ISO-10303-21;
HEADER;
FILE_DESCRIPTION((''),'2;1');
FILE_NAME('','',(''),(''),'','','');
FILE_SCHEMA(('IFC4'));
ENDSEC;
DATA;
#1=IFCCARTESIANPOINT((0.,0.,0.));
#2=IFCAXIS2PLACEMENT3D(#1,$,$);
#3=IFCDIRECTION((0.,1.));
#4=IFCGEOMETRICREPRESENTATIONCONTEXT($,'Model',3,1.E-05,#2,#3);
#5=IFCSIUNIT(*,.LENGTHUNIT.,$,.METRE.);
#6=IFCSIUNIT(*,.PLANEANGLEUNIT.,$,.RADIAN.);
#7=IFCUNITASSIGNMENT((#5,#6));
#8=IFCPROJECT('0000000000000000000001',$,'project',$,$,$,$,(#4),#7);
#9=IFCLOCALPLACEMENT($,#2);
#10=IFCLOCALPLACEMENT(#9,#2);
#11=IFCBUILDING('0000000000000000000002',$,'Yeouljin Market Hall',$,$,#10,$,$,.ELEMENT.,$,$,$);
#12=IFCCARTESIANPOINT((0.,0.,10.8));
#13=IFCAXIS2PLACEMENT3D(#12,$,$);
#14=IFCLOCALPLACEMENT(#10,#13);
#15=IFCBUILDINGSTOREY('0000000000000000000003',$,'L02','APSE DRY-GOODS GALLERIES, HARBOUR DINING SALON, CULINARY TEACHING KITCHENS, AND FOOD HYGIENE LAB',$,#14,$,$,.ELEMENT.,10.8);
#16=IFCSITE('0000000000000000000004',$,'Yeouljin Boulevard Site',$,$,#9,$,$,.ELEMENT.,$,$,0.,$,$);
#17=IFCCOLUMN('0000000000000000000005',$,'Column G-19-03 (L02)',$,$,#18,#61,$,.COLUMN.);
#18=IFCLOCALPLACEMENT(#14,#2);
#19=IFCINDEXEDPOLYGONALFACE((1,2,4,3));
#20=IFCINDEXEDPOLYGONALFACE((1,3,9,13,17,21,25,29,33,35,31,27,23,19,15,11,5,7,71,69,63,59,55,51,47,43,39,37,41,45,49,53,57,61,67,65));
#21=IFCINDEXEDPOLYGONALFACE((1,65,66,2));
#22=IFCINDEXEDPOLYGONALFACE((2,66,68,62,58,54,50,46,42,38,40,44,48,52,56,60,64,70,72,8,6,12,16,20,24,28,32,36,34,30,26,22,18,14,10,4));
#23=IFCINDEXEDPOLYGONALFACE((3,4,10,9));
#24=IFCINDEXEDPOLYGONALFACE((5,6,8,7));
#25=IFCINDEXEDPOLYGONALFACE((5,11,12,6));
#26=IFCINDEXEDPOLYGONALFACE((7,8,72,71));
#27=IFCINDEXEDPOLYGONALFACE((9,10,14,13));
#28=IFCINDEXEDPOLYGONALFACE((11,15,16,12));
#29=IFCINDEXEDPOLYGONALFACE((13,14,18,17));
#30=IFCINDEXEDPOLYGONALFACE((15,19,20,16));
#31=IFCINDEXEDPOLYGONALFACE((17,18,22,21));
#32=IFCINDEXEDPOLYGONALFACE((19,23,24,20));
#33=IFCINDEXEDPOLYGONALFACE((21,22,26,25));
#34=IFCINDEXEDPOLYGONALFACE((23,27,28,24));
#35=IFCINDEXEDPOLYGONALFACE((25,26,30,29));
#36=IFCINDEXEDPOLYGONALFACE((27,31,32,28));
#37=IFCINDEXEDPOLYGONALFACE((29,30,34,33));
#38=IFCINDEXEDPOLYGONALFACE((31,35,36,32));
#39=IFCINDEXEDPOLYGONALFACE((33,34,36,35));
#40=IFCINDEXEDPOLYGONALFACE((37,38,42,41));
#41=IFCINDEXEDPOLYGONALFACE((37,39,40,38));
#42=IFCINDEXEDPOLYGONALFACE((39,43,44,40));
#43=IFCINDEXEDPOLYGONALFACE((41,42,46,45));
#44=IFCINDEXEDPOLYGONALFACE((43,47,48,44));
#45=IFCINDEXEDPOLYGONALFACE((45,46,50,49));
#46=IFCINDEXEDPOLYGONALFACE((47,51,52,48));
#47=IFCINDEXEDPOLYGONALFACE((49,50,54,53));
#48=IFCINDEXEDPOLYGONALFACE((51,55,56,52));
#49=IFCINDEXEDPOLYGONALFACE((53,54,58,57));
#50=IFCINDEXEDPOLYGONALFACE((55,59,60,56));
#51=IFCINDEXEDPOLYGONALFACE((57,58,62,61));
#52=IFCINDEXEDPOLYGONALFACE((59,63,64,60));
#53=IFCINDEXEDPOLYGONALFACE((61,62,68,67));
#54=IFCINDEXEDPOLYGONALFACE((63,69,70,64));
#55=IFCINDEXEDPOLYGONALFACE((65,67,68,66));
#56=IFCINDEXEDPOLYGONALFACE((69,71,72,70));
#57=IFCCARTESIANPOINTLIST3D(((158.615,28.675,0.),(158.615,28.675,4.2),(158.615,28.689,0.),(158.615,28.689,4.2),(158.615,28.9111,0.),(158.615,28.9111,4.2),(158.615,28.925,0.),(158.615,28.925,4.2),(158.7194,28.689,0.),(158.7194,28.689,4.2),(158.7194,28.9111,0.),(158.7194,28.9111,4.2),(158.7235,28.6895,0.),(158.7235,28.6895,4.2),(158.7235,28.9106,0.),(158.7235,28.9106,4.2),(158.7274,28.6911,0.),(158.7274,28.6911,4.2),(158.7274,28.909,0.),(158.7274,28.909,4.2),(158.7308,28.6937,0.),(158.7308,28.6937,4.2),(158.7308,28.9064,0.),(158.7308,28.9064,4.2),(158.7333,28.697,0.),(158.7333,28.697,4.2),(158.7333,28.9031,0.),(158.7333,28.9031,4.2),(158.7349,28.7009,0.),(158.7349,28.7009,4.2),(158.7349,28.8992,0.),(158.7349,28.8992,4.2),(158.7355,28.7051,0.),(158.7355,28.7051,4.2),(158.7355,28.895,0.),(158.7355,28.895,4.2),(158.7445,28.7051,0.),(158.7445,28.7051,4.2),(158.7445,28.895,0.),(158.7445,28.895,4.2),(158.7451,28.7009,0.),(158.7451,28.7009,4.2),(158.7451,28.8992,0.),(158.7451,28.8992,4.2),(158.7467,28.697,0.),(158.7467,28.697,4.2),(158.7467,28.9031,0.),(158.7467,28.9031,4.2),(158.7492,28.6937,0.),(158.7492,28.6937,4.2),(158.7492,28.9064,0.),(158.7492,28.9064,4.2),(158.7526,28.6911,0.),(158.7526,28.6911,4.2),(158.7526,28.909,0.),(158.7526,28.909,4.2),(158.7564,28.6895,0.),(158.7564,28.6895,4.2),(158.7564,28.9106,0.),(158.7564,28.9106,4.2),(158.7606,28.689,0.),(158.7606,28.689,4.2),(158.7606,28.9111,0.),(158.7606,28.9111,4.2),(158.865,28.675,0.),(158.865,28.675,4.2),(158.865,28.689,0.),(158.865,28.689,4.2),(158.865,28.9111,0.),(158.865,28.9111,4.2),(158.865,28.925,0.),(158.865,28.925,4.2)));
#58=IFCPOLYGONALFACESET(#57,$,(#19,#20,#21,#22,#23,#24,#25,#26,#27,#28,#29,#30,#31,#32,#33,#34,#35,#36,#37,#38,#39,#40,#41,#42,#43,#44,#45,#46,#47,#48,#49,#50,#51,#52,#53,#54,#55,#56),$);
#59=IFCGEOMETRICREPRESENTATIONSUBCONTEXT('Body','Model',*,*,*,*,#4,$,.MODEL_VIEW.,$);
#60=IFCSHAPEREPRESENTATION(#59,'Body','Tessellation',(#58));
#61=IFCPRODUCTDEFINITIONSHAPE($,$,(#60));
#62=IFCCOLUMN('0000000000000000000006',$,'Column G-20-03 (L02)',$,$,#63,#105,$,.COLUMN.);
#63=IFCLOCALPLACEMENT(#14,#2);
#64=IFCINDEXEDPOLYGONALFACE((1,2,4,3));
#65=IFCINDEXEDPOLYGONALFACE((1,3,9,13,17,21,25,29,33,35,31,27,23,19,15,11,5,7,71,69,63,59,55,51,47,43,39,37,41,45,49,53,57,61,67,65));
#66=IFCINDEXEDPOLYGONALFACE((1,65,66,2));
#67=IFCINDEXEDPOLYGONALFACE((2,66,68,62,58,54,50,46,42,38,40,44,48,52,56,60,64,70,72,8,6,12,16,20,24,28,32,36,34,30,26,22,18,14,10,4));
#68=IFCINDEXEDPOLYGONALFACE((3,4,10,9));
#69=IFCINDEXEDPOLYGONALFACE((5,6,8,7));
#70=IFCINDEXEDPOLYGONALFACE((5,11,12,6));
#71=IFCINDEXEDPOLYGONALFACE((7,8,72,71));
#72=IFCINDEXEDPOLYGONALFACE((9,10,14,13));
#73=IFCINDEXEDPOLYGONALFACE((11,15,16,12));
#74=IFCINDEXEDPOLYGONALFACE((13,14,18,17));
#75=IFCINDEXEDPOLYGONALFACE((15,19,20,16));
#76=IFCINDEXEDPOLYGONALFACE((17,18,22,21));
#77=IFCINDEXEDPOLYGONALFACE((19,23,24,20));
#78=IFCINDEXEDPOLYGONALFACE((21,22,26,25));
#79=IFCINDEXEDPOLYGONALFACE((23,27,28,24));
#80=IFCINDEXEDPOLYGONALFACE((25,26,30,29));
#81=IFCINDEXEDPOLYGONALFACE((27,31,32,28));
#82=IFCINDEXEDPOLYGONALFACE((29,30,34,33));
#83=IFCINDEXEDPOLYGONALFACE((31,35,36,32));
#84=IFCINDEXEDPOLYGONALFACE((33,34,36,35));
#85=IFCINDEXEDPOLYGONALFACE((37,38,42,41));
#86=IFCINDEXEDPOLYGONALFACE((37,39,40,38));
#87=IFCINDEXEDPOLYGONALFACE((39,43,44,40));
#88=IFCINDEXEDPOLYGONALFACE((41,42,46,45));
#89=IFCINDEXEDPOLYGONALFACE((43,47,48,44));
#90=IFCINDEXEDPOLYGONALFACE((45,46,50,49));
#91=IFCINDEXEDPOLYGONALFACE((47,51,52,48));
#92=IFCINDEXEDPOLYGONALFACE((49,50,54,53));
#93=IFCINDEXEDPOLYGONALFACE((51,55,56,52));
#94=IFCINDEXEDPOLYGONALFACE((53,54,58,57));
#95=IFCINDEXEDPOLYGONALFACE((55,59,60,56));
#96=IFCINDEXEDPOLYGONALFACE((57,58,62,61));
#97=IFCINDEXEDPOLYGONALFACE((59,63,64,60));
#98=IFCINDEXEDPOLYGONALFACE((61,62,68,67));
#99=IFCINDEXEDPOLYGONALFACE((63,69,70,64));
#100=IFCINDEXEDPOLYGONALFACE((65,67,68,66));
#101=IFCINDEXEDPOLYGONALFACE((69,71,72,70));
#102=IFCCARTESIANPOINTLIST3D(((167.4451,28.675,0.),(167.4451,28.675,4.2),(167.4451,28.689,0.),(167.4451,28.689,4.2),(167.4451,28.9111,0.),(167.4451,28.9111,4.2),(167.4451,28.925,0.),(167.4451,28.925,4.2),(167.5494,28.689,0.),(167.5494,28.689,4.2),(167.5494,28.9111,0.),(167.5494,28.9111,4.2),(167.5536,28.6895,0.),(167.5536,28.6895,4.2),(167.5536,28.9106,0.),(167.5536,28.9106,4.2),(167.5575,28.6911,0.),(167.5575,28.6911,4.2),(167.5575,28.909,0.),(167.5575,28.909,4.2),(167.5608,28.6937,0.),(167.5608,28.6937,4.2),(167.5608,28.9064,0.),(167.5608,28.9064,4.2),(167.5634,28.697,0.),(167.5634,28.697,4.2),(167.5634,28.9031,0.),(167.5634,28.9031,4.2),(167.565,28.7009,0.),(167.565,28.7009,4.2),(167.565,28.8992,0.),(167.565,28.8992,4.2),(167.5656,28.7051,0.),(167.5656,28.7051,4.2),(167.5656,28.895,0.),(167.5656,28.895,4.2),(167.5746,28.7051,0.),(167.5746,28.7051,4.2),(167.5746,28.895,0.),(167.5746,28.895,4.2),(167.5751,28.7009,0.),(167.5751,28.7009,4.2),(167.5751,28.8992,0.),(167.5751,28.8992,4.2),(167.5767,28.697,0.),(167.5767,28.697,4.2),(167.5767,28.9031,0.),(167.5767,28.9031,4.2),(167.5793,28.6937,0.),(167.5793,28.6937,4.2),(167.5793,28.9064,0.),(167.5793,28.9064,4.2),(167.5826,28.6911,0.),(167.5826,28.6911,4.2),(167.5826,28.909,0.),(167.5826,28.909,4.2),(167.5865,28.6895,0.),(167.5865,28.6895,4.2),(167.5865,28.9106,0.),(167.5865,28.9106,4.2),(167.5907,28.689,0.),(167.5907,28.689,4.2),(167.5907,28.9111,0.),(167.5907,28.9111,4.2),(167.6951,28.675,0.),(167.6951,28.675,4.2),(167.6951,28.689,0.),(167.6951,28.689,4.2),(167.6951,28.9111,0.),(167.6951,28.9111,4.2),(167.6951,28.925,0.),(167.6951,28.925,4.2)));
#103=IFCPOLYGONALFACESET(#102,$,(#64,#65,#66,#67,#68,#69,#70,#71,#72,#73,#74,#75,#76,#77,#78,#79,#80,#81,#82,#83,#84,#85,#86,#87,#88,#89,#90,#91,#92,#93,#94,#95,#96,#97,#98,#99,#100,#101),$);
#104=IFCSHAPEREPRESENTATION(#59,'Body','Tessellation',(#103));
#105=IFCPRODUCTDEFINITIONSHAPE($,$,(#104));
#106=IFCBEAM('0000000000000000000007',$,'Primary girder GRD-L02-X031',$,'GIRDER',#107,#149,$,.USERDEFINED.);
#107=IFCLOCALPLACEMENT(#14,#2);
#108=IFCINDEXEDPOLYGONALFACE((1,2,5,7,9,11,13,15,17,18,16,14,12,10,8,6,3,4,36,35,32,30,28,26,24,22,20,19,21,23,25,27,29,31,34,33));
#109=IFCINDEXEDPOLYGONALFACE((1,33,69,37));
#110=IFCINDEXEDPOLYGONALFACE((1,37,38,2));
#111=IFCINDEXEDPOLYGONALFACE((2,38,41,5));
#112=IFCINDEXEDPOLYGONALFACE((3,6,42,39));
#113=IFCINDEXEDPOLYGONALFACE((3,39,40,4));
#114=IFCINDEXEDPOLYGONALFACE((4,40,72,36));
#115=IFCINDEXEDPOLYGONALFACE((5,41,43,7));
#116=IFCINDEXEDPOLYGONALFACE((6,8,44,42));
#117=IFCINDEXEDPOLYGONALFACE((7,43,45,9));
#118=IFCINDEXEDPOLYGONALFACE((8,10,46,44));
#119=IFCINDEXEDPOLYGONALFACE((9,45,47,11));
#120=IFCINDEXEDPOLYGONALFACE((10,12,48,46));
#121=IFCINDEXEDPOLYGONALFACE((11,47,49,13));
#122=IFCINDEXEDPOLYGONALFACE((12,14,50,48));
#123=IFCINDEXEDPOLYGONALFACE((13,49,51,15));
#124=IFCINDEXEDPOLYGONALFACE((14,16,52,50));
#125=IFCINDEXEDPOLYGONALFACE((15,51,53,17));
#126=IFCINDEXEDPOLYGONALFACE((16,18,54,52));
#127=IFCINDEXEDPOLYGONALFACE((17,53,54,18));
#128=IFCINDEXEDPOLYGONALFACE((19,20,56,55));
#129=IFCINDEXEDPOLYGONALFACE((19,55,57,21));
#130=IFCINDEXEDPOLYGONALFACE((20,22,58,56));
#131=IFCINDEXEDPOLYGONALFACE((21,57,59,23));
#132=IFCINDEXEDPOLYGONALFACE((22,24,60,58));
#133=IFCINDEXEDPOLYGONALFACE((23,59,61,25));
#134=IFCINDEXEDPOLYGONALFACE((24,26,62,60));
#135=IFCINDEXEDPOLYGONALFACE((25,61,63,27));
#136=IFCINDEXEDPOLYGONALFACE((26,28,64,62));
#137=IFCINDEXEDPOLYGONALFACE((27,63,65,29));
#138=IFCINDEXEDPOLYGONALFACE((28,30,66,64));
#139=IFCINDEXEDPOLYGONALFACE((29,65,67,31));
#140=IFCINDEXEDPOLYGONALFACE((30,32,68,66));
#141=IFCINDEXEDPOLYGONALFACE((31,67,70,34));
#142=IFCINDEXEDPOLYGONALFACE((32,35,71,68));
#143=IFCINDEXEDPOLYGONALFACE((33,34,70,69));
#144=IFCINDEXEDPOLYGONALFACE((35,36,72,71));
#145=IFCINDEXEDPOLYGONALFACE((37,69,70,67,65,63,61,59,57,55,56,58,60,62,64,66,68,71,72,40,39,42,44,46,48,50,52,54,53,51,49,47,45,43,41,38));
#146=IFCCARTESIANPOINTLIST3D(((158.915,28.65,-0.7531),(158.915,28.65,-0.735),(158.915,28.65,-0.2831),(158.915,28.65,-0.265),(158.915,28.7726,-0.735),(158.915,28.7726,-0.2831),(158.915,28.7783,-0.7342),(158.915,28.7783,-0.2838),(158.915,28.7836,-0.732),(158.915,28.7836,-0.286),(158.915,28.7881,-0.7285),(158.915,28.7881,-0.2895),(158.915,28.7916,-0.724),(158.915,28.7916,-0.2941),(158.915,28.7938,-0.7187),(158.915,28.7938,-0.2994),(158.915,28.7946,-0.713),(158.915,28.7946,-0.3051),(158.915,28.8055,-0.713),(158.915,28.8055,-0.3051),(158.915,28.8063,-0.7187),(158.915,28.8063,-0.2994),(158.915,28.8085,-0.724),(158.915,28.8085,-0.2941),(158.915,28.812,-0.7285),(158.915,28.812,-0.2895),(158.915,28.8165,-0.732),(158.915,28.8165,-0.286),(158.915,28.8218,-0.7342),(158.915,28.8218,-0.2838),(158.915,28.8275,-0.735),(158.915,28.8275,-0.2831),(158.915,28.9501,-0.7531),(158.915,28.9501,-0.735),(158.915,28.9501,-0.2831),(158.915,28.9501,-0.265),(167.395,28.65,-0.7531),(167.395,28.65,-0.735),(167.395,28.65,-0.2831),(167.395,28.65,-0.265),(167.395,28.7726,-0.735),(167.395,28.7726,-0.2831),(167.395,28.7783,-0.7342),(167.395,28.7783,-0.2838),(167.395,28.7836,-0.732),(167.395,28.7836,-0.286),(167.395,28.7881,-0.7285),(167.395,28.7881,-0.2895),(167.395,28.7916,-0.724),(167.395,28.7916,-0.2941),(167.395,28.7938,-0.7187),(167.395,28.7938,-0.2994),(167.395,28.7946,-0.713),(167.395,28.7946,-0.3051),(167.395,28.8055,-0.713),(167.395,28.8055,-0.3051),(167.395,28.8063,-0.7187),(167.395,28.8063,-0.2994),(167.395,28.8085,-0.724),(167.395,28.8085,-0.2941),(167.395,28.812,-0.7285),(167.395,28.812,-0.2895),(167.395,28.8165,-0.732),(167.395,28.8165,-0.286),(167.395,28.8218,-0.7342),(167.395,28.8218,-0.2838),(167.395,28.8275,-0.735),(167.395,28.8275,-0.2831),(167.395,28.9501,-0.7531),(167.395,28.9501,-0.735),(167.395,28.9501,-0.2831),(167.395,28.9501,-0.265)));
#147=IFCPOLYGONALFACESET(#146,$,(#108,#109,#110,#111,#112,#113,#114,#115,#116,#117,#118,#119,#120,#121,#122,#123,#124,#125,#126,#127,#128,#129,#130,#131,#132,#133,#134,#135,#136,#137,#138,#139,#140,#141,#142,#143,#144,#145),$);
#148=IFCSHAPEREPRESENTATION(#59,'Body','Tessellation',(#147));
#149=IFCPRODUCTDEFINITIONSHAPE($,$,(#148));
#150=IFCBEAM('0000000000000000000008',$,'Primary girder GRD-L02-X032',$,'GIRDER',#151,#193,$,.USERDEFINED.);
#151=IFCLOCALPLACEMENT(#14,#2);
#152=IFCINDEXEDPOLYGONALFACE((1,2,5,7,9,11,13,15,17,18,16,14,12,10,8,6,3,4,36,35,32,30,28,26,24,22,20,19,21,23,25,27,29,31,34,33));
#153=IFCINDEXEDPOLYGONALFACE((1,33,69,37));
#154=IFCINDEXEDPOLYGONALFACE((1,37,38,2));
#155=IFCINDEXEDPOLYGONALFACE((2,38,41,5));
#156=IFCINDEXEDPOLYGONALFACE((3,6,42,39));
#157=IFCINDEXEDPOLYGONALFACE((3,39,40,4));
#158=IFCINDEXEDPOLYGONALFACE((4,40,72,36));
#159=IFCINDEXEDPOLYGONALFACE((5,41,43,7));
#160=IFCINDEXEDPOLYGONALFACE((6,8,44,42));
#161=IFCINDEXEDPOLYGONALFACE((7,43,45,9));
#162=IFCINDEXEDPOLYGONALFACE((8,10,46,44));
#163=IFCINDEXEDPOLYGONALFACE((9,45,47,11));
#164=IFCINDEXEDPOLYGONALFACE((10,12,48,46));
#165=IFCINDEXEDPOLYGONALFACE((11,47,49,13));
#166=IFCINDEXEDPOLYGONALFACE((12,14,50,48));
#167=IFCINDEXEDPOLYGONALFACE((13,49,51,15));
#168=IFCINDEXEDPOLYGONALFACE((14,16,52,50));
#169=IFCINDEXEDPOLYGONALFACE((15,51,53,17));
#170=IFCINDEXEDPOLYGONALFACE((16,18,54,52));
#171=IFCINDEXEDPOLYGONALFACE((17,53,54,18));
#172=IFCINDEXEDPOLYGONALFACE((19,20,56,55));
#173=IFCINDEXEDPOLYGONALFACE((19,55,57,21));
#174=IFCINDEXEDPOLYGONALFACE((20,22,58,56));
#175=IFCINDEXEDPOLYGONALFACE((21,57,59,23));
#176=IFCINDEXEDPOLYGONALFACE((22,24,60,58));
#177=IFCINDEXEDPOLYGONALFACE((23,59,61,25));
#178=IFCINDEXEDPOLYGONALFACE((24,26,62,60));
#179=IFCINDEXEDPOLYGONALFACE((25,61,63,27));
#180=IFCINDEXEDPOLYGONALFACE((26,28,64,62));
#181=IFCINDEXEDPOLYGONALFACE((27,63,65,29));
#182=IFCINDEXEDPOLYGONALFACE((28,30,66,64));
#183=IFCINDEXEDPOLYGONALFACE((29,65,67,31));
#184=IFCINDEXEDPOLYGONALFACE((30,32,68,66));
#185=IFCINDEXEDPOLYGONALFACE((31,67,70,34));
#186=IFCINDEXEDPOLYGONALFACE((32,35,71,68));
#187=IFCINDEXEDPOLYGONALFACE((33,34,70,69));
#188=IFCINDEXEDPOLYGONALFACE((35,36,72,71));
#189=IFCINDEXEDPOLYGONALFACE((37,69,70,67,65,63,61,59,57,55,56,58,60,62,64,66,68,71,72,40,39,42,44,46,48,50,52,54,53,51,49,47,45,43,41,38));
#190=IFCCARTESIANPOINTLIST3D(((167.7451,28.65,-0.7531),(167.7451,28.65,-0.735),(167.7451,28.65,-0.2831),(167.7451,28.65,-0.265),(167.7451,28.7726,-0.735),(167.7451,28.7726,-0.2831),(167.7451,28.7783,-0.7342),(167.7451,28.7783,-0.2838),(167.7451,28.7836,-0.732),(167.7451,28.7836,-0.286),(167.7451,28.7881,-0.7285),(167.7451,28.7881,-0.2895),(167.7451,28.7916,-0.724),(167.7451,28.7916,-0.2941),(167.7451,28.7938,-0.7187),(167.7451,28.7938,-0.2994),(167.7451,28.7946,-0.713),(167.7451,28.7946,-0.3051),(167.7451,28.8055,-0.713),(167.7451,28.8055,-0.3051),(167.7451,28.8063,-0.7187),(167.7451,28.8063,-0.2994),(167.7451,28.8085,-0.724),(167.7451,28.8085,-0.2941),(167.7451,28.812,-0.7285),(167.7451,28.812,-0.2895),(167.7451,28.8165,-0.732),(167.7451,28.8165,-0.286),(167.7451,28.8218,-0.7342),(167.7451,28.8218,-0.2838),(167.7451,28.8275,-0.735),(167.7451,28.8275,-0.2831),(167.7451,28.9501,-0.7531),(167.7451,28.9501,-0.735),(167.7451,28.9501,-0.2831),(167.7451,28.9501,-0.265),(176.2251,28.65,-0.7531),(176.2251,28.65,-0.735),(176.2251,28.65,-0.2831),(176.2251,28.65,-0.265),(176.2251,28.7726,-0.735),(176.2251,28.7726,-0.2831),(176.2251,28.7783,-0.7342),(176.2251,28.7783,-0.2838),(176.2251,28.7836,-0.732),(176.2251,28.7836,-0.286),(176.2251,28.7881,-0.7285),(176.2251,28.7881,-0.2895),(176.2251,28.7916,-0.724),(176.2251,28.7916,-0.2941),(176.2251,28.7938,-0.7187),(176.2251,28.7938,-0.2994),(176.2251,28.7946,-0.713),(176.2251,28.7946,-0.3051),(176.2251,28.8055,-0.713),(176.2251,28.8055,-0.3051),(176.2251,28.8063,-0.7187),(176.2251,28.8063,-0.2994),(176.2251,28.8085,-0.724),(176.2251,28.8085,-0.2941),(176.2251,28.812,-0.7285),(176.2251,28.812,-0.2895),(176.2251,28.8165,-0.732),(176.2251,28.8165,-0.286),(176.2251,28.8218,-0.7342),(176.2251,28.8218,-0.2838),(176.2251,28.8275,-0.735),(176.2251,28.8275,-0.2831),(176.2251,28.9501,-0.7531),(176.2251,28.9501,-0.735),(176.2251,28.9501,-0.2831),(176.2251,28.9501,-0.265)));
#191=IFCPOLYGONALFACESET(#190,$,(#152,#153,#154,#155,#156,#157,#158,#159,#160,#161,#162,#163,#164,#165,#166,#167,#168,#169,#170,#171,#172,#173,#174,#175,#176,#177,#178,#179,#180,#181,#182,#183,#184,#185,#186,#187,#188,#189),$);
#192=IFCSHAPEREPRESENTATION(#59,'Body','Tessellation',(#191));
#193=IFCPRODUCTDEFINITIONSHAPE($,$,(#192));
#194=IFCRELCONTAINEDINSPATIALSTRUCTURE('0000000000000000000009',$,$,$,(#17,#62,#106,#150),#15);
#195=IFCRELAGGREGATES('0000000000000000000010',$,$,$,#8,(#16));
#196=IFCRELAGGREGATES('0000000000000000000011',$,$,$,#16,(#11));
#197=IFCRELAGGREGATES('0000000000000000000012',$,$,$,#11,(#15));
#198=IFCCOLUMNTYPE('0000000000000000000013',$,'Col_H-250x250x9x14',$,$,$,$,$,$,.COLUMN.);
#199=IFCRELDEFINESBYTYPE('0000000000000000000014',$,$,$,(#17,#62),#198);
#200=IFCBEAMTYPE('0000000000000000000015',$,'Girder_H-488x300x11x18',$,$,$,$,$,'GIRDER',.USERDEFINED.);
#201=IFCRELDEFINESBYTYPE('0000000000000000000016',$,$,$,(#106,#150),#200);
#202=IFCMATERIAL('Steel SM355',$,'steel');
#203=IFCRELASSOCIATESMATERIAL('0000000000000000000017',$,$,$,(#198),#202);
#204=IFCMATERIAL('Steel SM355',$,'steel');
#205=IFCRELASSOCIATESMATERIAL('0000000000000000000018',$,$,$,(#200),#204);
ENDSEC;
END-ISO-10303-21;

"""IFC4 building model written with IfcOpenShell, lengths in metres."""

from ifc_helpers import new_model, si_unit, direction, frame, origin, origin_2d, place, context, subcontext, project, spatial, i_section, extrude, material, material_profile, profile_set, type_object, element, save


model = new_model("IFC4")

# Units and contexts
model_context = context("Model", 3, precision=1e-05, world=origin(), true_north=direction((0.0, 1.0)))
body_context = subcontext(model_context, "Body", "Model", "MODEL_VIEW")
ifc_project = project(units=[si_unit("LENGTHUNIT", "METRE"), si_unit("PLANEANGLEUNIT", "RADIAN")], contexts=[model_context])

# Site, building, storey
site_placement = place(None, origin())
site = spatial("IfcSite", under=ifc_project, at=site_placement, Name="Yeouljin Boulevard Site", CompositionType="ELEMENT", RefElevation=0.0)
building_placement = place(site_placement, origin())
building = spatial("IfcBuilding", under=site, at=building_placement, Name="Yeouljin Market Hall", CompositionType="ELEMENT")
storey_placement = place(building_placement, frame((0.0, 0.0, 10.8)))
storey = spatial("IfcBuildingStorey", under=building, at=storey_placement, Name="L02", Description="APSE DRY-GOODS GALLERIES, HARBOUR DINING SALON, CULINARY TEACHING KITCHENS, AND FOOD HYGIENE LAB", CompositionType="ELEMENT", Elevation=10.8)

# Columns
ifc_material_1 = material(Name="Steel SM355", Category="steel")
ifc_material_profile_1 = material_profile(ifc_material_1, i_section(OverallWidth=0.25, OverallDepth=0.25, WebThickness=0.009, FlangeThickness=0.0139, FilletRadius=0.0161, at=origin_2d()), Name="H-250x250x9x14")
ifc_profile_set_1 = profile_set([ifc_material_profile_1], Name="Steel SM355")
column_type = type_object("IfcColumnType", Name="Col_H-250x250x9x14", PredefinedType="COLUMN", material=ifc_profile_set_1)
for number, where, z_axis, x_axis, name in (
    (1, (158.74, 28.8, 0.0), (0.0, 0.0, 1.0), (1.0, 0.0, 0.0), "Column G-19-03 (L02)"),
    (2, (167.5701, 28.8, 0.0), (0.0, 0.0, 1.0), (1.0, 0.0, 0.0), "Column G-20-03 (L02)"),
):
    element("IfcColumn", number, at=place(storey_placement, frame(where, z_axis=z_axis, x_axis=x_axis)), inside=storey, type_object=column_type, Name=name, PredefinedType="COLUMN", context=body_context, shape_type="SweptSolid", body=[
        extrude(i_section(OverallWidth=0.25, OverallDepth=0.25, WebThickness=0.009, FlangeThickness=0.0139, FilletRadius=0.0161, at=origin_2d()), origin(), (0.0, 0.0, 1.0), 4.2),
    ])

# Beams
ifc_material_2 = material(Name="Steel SM355", Category="steel")
ifc_material_profile_2 = material_profile(ifc_material_2, i_section(OverallWidth=0.3, OverallDepth=0.488, WebThickness=0.011, FlangeThickness=0.0181, FilletRadius=0.022, at=origin_2d()), Name="H-488x300x11x18")
ifc_profile_set_2 = profile_set([ifc_material_profile_2], Name="Steel SM355")
beam_type_1 = type_object("IfcBeamType", Name="Girder_H-488x300x11x18", ElementType="GIRDER", PredefinedType="USERDEFINED", material=ifc_profile_set_2)
for number, where, z_axis, x_axis, name in (
    (3, (158.915, 28.8, -0.509), (1.0, 0.0, 0.0), (0.0, 1.0, 0.0), "Primary girder GRD-L02-X031"),
    (4, (167.7451, 28.8, -0.509), (1.0, 0.0, 0.0), (0.0, 1.0, 0.0), "Primary girder GRD-L02-X032"),
):
    element("IfcBeam", number, at=place(storey_placement, frame(where, z_axis=z_axis, x_axis=x_axis)), inside=storey, type_object=beam_type_1, Name=name, ObjectType="GIRDER", PredefinedType="USERDEFINED", context=body_context, shape_type="SweptSolid", body=[
        extrude(i_section(OverallWidth=0.3, OverallDepth=0.488, WebThickness=0.011, FlangeThickness=0.0181, FilletRadius=0.022, at=origin_2d()), origin(), (0.0, 0.0, 1.0), 8.48),
    ])

save(model, "model.ifc")
